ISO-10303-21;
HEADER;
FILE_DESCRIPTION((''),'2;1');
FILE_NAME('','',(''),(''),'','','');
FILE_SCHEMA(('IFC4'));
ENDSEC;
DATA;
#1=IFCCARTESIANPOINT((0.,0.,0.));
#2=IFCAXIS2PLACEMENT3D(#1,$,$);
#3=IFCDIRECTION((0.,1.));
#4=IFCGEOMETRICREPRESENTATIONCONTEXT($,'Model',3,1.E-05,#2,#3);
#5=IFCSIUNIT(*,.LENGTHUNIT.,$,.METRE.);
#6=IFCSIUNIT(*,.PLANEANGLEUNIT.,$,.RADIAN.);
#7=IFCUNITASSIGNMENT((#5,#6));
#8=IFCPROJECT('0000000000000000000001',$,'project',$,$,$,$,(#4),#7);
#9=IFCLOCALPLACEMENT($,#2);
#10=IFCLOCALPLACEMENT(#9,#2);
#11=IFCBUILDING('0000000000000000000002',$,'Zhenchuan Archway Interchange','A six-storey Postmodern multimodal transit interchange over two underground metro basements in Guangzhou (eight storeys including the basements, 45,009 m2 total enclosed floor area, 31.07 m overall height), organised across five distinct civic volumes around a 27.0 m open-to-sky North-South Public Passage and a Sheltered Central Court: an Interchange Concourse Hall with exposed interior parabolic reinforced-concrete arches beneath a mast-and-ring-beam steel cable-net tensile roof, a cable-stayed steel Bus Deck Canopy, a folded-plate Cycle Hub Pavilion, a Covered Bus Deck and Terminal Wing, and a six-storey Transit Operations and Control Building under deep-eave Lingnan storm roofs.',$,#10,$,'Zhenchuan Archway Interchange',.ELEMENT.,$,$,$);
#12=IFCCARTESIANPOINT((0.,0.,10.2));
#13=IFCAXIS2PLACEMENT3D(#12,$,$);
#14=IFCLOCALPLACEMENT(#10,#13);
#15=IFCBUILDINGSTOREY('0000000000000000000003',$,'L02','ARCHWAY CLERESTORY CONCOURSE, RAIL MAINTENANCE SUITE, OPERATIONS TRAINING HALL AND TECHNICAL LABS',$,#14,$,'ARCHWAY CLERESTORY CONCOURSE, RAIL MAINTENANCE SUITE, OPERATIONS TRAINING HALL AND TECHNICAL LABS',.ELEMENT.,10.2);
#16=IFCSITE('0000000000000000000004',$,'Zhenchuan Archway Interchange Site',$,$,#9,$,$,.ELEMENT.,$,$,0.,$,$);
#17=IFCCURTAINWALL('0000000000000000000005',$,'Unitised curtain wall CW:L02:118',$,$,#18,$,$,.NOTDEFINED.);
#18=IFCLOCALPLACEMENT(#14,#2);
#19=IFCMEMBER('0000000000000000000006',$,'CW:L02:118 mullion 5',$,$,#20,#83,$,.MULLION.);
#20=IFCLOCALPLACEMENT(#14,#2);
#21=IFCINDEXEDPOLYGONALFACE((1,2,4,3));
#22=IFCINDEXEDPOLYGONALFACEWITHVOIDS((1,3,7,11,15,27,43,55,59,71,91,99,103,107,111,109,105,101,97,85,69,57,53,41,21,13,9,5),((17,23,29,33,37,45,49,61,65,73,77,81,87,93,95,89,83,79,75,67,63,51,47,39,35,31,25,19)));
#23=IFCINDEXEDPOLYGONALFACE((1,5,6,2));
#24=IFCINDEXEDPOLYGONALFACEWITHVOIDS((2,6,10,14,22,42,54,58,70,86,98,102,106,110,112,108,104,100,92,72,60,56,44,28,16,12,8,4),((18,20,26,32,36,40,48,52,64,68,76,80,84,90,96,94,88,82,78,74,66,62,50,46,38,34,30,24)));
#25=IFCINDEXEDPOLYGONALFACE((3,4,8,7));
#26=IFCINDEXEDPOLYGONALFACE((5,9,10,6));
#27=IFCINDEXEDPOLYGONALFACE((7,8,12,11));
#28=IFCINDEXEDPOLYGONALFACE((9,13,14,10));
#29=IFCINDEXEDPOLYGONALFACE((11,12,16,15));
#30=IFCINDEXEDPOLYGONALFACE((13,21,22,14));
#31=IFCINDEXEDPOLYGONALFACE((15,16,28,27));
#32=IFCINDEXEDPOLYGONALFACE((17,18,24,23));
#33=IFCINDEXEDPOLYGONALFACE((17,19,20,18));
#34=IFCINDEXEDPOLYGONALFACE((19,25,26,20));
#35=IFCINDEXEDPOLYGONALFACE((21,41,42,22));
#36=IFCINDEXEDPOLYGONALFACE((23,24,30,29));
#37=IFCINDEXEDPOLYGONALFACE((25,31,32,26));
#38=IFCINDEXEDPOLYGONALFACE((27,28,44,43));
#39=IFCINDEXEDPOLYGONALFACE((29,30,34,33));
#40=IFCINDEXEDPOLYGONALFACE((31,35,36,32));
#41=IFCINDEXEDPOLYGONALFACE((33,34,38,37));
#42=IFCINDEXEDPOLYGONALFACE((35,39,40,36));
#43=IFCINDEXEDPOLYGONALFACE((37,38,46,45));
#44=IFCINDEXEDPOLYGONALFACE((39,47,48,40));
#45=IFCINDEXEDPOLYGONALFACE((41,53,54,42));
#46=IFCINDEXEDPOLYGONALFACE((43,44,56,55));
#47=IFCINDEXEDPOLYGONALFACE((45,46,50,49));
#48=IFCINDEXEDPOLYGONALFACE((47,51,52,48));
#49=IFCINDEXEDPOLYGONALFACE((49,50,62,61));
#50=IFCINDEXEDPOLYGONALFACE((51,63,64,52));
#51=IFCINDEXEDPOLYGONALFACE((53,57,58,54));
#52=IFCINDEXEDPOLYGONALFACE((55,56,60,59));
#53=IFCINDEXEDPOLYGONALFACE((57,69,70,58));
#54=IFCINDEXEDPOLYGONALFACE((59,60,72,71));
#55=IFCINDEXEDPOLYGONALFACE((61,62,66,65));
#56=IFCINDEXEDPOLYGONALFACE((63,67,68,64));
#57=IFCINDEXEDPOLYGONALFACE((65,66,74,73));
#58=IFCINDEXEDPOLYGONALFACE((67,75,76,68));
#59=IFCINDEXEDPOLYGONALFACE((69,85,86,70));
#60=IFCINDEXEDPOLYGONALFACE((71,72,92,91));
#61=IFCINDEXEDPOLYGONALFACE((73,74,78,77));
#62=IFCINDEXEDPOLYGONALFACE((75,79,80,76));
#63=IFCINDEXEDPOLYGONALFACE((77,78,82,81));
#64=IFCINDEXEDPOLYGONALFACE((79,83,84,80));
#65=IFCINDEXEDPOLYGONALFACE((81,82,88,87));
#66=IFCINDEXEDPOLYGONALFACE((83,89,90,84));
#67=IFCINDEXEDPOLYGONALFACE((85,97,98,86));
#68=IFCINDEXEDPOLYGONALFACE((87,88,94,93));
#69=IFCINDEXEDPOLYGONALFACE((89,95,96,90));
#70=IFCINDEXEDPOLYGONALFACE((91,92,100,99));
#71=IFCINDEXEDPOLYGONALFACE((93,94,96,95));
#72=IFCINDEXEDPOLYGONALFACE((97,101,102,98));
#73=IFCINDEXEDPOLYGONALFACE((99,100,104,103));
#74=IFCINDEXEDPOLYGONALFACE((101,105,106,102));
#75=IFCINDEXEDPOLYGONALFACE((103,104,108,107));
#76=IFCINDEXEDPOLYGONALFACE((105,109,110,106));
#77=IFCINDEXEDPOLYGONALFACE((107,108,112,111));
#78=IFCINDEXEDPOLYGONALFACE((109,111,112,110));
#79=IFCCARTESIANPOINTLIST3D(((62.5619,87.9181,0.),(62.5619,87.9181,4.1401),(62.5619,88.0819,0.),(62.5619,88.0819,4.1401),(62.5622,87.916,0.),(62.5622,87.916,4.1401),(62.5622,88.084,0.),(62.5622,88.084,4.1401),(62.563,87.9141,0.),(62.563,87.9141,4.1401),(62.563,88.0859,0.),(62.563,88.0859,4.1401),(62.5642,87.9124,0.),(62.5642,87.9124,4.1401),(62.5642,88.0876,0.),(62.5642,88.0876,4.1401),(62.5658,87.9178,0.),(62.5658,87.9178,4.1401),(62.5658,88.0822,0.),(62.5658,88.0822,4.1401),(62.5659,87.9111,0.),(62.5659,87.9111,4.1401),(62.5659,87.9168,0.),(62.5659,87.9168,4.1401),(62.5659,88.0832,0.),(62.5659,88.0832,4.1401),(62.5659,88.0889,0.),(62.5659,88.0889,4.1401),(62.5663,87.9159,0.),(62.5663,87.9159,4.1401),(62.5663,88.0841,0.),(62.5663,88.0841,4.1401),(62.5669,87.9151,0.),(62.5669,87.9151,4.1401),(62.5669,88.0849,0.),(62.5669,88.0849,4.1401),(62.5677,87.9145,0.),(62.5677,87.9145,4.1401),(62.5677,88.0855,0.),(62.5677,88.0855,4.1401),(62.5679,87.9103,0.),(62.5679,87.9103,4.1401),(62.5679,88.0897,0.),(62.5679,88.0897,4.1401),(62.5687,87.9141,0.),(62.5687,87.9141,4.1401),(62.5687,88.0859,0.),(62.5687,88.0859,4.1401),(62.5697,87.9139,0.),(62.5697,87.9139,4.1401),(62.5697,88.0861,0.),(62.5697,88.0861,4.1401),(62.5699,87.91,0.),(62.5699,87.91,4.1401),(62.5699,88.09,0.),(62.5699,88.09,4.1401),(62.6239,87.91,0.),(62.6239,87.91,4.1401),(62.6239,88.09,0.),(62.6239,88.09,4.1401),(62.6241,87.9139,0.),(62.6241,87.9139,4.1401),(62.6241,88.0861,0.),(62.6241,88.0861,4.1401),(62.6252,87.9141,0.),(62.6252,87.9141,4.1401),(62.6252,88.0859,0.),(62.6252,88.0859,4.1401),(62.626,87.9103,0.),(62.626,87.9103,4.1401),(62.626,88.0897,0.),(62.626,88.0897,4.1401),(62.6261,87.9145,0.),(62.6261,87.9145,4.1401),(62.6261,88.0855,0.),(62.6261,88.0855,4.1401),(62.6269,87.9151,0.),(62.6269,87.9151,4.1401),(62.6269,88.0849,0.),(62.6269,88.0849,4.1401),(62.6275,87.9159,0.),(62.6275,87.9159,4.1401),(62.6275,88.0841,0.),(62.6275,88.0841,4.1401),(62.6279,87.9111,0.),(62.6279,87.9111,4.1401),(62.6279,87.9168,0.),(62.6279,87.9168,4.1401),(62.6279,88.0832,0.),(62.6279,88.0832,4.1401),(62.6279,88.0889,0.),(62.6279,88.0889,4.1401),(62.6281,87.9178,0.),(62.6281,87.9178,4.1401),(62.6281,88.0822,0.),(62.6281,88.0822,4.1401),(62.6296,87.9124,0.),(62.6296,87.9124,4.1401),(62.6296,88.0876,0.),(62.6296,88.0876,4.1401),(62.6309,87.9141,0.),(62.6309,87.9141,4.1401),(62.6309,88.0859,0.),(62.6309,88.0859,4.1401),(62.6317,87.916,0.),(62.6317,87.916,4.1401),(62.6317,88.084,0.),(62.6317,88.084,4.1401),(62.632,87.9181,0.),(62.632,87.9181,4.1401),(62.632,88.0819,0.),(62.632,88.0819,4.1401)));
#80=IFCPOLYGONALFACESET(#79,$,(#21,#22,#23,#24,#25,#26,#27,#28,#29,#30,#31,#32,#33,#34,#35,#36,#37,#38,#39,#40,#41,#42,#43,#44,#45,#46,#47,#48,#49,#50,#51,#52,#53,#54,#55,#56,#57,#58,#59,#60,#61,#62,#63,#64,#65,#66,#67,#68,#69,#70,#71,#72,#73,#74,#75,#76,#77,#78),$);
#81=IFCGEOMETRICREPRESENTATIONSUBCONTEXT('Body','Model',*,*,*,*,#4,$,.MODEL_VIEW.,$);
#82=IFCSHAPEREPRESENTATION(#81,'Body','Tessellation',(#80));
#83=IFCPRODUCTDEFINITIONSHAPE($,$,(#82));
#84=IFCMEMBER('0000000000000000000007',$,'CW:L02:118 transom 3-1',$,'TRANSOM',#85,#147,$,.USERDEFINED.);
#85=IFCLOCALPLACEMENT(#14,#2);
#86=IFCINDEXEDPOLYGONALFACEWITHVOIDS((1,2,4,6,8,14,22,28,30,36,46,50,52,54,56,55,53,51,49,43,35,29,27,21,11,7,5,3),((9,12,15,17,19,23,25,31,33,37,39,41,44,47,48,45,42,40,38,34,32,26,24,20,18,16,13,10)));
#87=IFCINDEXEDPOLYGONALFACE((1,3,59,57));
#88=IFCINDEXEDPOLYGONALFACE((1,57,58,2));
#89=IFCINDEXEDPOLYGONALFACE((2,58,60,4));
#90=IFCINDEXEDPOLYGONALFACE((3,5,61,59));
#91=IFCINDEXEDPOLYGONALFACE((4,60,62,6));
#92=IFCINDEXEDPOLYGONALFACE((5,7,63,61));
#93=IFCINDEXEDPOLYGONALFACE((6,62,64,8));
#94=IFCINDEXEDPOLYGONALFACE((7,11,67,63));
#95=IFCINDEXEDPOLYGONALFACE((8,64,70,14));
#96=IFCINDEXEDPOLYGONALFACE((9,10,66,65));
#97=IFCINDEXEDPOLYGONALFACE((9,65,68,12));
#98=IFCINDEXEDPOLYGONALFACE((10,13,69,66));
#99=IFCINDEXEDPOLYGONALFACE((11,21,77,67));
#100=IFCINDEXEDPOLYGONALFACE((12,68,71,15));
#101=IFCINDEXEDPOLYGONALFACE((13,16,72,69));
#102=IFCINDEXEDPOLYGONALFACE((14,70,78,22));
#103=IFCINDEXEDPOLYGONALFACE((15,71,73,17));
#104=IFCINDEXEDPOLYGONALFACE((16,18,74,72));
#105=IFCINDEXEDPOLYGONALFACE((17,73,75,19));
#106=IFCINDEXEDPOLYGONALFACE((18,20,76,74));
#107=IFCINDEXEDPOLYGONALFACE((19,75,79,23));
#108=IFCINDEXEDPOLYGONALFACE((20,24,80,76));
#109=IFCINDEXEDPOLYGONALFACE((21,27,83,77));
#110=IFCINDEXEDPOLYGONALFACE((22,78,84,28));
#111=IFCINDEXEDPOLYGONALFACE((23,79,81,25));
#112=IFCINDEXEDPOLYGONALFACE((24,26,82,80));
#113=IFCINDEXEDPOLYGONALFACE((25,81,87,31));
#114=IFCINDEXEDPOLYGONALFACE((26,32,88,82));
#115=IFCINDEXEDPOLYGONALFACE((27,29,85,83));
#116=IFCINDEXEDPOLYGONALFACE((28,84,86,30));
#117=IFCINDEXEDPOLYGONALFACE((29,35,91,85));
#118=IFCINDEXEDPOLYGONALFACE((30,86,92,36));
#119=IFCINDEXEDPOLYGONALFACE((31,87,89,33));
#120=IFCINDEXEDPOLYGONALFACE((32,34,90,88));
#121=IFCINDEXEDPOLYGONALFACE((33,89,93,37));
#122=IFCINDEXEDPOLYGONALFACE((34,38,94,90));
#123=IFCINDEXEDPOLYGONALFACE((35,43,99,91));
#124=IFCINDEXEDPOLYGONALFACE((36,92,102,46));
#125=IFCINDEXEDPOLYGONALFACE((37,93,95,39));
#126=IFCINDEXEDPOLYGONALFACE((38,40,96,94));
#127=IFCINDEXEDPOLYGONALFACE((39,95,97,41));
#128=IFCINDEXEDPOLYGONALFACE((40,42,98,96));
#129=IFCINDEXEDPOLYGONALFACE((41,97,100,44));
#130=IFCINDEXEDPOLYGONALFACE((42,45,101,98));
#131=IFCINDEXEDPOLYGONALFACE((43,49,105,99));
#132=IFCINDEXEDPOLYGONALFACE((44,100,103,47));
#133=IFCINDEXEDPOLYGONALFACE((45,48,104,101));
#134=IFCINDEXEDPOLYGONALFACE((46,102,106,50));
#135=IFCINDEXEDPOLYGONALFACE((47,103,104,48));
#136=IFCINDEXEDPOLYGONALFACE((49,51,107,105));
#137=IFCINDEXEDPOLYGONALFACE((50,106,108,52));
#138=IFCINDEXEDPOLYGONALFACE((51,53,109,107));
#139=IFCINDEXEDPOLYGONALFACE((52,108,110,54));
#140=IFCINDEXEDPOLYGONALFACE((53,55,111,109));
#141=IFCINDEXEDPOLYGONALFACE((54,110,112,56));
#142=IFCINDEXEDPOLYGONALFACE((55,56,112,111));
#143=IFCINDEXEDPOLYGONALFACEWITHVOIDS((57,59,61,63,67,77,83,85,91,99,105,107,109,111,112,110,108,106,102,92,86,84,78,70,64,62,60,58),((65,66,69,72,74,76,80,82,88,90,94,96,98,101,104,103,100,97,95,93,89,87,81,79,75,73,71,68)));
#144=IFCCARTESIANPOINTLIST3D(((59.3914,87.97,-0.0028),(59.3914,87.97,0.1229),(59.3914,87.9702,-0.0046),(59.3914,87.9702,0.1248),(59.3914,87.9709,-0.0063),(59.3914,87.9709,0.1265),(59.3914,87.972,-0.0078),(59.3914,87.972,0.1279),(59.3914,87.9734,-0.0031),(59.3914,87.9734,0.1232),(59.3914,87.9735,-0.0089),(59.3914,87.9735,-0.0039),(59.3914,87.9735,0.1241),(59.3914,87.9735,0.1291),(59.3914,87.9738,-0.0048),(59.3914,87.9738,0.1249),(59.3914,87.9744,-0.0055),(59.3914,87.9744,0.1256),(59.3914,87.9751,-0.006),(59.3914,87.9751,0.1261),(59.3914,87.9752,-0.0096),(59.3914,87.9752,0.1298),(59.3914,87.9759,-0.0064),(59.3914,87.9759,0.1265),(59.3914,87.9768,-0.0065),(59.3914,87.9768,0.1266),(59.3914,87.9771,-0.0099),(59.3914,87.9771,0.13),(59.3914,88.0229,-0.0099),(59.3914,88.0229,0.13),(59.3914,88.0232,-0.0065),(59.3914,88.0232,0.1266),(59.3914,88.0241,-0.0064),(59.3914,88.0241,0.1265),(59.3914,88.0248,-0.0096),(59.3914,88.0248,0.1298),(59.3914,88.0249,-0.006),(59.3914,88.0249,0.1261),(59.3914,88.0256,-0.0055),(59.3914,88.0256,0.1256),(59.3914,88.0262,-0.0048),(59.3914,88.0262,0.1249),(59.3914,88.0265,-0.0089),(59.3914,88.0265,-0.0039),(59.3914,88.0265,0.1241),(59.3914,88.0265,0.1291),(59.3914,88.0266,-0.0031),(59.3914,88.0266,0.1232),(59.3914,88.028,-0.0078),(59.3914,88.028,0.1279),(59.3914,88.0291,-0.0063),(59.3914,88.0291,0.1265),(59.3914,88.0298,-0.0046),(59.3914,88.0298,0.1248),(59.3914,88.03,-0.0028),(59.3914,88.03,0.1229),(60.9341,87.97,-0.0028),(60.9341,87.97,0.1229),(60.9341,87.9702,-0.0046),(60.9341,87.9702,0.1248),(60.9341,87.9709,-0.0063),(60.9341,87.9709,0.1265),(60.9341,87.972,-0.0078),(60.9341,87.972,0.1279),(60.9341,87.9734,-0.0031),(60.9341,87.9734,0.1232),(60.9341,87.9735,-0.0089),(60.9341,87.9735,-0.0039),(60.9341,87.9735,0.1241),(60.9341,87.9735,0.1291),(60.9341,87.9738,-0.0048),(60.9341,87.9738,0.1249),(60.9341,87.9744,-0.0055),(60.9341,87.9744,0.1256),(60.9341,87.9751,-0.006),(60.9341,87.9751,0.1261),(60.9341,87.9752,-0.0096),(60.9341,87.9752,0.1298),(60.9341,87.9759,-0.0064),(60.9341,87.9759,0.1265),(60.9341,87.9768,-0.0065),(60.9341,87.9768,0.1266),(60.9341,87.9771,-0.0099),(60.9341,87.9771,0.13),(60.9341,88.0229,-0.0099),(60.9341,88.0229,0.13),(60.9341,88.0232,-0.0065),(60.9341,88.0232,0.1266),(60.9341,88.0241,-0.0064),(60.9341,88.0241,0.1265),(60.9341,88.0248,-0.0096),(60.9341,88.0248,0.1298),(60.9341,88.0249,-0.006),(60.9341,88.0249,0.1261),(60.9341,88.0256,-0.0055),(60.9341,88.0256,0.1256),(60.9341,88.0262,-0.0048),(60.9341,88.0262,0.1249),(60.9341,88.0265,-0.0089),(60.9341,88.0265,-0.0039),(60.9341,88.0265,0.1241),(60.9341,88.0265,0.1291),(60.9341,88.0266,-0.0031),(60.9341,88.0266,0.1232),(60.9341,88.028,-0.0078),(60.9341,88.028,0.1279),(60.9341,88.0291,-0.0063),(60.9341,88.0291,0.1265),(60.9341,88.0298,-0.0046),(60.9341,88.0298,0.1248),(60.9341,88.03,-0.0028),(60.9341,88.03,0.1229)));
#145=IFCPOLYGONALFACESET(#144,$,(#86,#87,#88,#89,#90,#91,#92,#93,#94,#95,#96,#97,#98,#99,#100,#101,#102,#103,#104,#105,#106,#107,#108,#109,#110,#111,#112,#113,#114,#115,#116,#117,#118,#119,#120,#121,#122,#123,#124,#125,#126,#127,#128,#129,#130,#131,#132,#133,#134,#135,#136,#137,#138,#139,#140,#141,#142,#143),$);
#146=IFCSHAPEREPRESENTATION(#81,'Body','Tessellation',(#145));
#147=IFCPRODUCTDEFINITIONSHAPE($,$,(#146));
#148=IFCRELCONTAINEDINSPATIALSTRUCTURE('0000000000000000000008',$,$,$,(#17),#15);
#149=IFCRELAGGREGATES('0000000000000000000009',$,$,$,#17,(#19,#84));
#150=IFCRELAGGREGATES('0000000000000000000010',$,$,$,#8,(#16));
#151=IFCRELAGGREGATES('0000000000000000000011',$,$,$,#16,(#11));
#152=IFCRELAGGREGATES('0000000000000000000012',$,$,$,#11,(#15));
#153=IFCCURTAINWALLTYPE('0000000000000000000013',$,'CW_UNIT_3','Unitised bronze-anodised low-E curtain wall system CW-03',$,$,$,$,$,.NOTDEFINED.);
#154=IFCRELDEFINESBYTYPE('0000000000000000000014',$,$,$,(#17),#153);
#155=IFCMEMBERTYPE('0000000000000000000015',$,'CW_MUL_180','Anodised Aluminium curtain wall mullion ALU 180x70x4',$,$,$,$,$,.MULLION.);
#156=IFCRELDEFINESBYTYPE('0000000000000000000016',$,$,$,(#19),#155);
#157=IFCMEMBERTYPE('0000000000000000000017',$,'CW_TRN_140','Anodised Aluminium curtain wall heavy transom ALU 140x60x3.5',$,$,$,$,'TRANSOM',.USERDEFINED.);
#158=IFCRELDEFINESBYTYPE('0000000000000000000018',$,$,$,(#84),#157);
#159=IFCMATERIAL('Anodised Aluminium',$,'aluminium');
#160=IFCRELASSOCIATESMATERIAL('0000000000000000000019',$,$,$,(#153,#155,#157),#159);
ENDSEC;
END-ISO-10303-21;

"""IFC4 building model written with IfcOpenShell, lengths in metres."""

from ifc_helpers import new_model, si_unit, direction, frame, origin, origin_2d, place, context, subcontext, project, spatial, hollow_rectangle, extrude, material, material_profile, profile_set, type_object, element, aggregate, save


model = new_model("IFC4")

# Units and contexts
model_context = context("Model", 3, precision=1e-05, world=origin(), true_north=direction((0.0, 1.0)))
body_context = subcontext(model_context, "Body", "Model", "MODEL_VIEW")
ifc_project = project(units=[si_unit("LENGTHUNIT", "METRE"), si_unit("PLANEANGLEUNIT", "RADIAN")], contexts=[model_context])

# Site, building, storey
site_placement = place(None, origin())
site = spatial("IfcSite", under=ifc_project, at=site_placement, Name="Zhenchuan Archway Interchange Site", CompositionType="ELEMENT", RefElevation=0.0)
building_placement = place(site_placement, origin())
building = spatial("IfcBuilding", under=site, at=building_placement, Name="Zhenchuan Archway Interchange", Description="A six-storey Postmodern multimodal transit interchange over two underground metro basements in Guangzhou (eight storeys including the basements, 45,009 m2 total enclosed floor area, 31.07 m overall height), organised across five distinct civic volumes around a 27.0 m open-to-sky North-South Public Passage and a Sheltered Central Court: an Interchange Concourse Hall with exposed interior parabolic reinforced-concrete arches beneath a mast-and-ring-beam steel cable-net tensile roof, a cable-stayed steel Bus Deck Canopy, a folded-plate Cycle Hub Pavilion, a Covered Bus Deck and Terminal Wing, and a six-storey Transit Operations and Control Building under deep-eave Lingnan storm roofs.", LongName="Zhenchuan Archway Interchange", CompositionType="ELEMENT")
storey_placement = place(building_placement, frame((0.0, 0.0, 10.2)))
storey = spatial("IfcBuildingStorey", under=building, at=storey_placement, Name="L02", Description="ARCHWAY CLERESTORY CONCOURSE, RAIL MAINTENANCE SUITE, OPERATIONS TRAINING HALL AND TECHNICAL LABS", LongName="ARCHWAY CLERESTORY CONCOURSE, RAIL MAINTENANCE SUITE, OPERATIONS TRAINING HALL AND TECHNICAL LABS", CompositionType="ELEMENT", Elevation=10.2)

# Curtain wall, members
ifc_material_1 = material(Name="Anodised Aluminium", Category="aluminium")
curtain_wall_type = type_object("IfcCurtainWallType", Name="CW_UNIT_3", Description="Unitised bronze-anodised low-E curtain wall system CW-03", PredefinedType="NOTDEFINED", material=ifc_material_1)
curtain_wall_placement = place(storey_placement, origin())
curtain_wall = element("IfcCurtainWall", 1, at=curtain_wall_placement, inside=storey, type_object=curtain_wall_type, Name="Unitised curtain wall CW:L02:118", PredefinedType="NOTDEFINED")
ifc_material_profile_1 = material_profile(ifc_material_1, hollow_rectangle(XDim=0.0701, YDim=0.1799, WallThickness=0.0039, InnerFilletRadius=0.0039, OuterFilletRadius=0.0081, at=origin_2d()), Name="ALU 180x70x4")
ifc_profile_set_1 = profile_set([ifc_material_profile_1], Name="Anodised Aluminium")
member_type_1 = type_object("IfcMemberType", Name="CW_MUL_180", Description="Anodised Aluminium curtain wall mullion ALU 180x70x4", PredefinedType="MULLION", material=ifc_profile_set_1)
member_1_placement = place(storey_placement, frame((62.5969, 88.0, 0.0), z_axis=(0.0, 0.0, 1.0), x_axis=(1.0, 0.0, 0.0)))
member_1 = element("IfcMember", 2, at=member_1_placement, type_object=member_type_1, Name="CW:L02:118 mullion 5", PredefinedType="MULLION", context=body_context, shape_type="SweptSolid", body=[
    extrude(hollow_rectangle(XDim=0.0701, YDim=0.1799, WallThickness=0.0039, InnerFilletRadius=0.0039, OuterFilletRadius=0.0081, at=origin_2d()), origin(), (0.0, 0.0, 1.0), 4.1401),
])
ifc_material_profile_2 = material_profile(ifc_material_1, hollow_rectangle(XDim=0.0601, YDim=0.1399, WallThickness=0.0034, InnerFilletRadius=0.0034, OuterFilletRadius=0.0071, at=origin_2d()), Name="ALU 140x60x3.5")
ifc_profile_set_2 = profile_set([ifc_material_profile_2], Name="Anodised Aluminium")
member_type_2 = type_object("IfcMemberType", Name="CW_TRN_140", Description="Anodised Aluminium curtain wall heavy transom ALU 140x60x3.5", ElementType="TRANSOM", PredefinedType="USERDEFINED", material=ifc_profile_set_2)
member_2_placement = place(storey_placement, frame((59.3914, 88.0, 0.0601), z_axis=(1.0, 0.0, 0.0), x_axis=(0.0, 1.0, 0.0)))
member_2 = element("IfcMember", 3, at=member_2_placement, type_object=member_type_2, Name="CW:L02:118 transom 3-1", ObjectType="TRANSOM", PredefinedType="USERDEFINED", context=body_context, shape_type="SweptSolid", body=[
    extrude(hollow_rectangle(XDim=0.0601, YDim=0.1399, WallThickness=0.0034, InnerFilletRadius=0.0034, OuterFilletRadius=0.0071, at=origin_2d()), origin(), (0.0, 0.0, 1.0), 1.5427),
])

aggregate(curtain_wall, [member_1, member_2])

save(model, "model.ifc")
